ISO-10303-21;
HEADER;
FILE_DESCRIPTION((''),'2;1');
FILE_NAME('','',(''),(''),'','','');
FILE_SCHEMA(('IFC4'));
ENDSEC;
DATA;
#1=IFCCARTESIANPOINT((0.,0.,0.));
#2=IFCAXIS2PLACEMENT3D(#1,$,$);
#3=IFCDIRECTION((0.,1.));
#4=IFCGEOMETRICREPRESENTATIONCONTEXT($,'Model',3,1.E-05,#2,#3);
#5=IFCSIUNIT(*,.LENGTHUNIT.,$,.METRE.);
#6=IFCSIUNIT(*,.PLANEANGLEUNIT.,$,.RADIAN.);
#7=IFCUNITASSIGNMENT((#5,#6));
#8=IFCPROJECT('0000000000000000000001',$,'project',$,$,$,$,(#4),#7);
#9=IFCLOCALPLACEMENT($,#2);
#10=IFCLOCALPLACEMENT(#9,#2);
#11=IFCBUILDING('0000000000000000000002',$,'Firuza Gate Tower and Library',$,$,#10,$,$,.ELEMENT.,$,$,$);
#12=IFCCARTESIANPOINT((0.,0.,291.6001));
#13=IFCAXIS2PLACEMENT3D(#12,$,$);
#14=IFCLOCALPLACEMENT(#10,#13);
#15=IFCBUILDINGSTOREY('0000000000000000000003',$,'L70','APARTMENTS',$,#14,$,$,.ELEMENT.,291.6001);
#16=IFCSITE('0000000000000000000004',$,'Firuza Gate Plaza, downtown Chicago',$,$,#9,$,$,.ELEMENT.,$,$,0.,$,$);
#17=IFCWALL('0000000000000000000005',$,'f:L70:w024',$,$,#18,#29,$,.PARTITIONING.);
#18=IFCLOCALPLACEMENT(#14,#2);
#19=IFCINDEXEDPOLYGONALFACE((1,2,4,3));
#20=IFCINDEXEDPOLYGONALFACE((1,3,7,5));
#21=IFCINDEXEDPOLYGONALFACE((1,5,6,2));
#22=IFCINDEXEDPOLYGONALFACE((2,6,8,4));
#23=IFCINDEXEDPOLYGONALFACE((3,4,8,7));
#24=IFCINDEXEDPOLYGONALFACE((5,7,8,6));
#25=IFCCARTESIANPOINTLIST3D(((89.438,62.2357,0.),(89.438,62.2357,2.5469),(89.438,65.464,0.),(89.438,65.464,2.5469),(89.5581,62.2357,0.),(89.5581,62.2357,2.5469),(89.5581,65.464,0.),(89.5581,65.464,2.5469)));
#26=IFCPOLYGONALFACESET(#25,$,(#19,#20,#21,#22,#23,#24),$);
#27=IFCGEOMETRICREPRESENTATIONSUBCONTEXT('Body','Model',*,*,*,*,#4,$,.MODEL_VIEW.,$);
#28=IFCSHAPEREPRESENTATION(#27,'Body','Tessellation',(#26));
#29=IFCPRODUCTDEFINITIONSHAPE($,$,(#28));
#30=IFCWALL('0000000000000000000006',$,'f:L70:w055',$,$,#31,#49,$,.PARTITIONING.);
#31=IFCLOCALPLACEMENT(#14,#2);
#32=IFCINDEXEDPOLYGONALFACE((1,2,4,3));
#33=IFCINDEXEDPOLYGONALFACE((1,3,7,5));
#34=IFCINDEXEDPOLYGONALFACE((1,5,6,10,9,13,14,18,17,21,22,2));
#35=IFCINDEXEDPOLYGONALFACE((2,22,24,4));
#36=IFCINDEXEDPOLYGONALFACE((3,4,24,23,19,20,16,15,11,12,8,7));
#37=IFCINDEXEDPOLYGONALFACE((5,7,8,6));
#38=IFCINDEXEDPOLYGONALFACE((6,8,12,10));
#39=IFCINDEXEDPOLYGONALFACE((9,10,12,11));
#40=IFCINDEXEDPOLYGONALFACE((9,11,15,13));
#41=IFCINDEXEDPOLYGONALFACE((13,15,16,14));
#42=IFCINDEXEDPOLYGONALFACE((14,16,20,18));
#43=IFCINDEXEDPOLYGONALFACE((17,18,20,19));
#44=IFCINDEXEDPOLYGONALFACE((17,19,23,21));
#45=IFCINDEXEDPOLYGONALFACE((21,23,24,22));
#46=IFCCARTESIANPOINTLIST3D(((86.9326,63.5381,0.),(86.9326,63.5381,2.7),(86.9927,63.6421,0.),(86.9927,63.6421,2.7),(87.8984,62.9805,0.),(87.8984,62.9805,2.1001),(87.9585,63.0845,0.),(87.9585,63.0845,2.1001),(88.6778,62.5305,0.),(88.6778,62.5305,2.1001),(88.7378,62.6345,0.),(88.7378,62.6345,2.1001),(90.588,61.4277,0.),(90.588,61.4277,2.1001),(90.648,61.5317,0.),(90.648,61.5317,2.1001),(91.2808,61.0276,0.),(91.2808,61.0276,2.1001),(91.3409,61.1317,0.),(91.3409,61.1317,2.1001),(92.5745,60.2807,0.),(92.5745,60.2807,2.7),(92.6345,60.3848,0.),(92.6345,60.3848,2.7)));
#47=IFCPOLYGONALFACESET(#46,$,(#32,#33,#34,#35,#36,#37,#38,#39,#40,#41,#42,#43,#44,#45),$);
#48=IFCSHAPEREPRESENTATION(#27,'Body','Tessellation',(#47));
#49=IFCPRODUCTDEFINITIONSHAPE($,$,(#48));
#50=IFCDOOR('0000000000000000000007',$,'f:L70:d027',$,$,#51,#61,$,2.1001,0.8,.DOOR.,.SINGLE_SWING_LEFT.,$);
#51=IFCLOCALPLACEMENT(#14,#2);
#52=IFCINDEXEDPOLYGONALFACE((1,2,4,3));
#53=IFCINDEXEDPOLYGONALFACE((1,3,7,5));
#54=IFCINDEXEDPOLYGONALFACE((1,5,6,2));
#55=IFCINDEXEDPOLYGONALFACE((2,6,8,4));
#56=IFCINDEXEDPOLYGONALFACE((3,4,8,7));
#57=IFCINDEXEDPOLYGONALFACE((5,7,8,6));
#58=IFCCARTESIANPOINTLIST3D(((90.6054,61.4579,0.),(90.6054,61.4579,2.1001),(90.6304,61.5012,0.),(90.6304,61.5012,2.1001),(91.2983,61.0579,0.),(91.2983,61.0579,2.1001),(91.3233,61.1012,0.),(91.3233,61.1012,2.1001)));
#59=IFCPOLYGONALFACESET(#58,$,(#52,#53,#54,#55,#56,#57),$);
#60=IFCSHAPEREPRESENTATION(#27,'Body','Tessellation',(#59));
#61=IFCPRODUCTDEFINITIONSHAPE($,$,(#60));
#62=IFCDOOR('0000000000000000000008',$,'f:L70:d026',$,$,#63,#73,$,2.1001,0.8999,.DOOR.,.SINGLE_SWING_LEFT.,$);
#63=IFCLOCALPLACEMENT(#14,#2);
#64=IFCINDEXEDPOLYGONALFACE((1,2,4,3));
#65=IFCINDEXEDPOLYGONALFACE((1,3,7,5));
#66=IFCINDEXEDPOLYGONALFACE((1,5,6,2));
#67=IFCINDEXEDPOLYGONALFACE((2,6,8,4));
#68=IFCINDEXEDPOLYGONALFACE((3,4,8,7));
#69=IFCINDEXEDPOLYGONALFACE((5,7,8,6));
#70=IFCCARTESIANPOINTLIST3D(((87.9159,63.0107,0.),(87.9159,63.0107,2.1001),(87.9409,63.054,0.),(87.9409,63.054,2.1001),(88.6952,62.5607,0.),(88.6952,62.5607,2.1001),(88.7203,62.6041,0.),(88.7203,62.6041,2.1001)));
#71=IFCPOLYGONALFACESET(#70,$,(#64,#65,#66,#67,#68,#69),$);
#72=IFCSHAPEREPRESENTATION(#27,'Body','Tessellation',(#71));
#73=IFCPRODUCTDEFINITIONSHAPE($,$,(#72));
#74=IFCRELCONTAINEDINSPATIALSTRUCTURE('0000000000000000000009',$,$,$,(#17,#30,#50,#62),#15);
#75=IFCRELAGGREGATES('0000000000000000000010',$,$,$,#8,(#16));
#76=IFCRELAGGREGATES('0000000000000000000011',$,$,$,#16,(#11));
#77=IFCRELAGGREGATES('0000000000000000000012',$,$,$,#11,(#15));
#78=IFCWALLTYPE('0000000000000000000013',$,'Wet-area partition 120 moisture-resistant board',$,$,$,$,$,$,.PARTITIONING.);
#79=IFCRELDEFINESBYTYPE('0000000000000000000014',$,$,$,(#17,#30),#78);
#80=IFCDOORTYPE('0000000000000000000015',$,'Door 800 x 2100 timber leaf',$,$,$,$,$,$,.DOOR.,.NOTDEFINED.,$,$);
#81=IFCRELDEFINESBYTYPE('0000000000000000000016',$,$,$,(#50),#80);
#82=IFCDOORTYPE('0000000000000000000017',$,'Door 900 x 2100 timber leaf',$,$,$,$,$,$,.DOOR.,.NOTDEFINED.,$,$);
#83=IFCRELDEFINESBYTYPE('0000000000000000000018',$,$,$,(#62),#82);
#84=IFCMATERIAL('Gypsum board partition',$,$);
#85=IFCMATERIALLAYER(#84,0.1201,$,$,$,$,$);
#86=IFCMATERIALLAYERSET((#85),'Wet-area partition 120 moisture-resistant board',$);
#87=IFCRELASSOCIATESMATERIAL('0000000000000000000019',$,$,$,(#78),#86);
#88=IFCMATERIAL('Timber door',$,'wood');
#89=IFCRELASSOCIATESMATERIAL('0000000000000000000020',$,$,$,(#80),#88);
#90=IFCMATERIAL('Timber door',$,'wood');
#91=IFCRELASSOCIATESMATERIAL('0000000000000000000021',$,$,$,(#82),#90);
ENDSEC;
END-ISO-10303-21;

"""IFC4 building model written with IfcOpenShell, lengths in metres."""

from ifc_helpers import new_model, si_unit, direction, frame, frame_2d, origin, place, context, subcontext, project, spatial, rectangle, extrude, material, layer, layer_set, type_object, element, fill, save


model = new_model("IFC4")

# Units and contexts
model_context = context("Model", 3, precision=1e-05, world=origin(), true_north=direction((0.0, 1.0)))
body_context = subcontext(model_context, "Body", "Model", "MODEL_VIEW")
ifc_project = project(units=[si_unit("LENGTHUNIT", "METRE"), si_unit("PLANEANGLEUNIT", "RADIAN")], contexts=[model_context])

# Site, building, storey
site_placement = place(None, origin())
site = spatial("IfcSite", under=ifc_project, at=site_placement, Name="Firuza Gate Plaza, downtown Chicago", CompositionType="ELEMENT", RefElevation=0.0)
building_placement = place(site_placement, origin())
building = spatial("IfcBuilding", under=site, at=building_placement, Name="Firuza Gate Tower and Library", CompositionType="ELEMENT")
storey_placement = place(building_placement, frame((0.0, 0.0, 291.6001)))
storey = spatial("IfcBuildingStorey", under=building, at=storey_placement, Name="L70", Description="APARTMENTS", CompositionType="ELEMENT", Elevation=291.6001)

# Wall
ifc_material_1 = material(Name="Gypsum board partition")
ifc_layer_1 = layer(ifc_material_1, 0.1201)
ifc_layer_set_1 = layer_set([ifc_layer_1], Name="Wet-area partition 120 moisture-resistant board")
wall_type_1 = type_object("IfcWallType", Name="Wet-area partition 120 moisture-resistant board", PredefinedType="PARTITIONING", material=ifc_layer_set_1)
wall_1_placement = place(storey_placement, frame((89.498, 62.2356, 0.0), z_axis=(0.0, 0.0, 1.0), x_axis=(0.0, 1.0, 0.0)))
element("IfcWall", 1, at=wall_1_placement, inside=storey, type_object=wall_type_1, Name="f:L70:w024", PredefinedType="PARTITIONING", context=body_context, shape_type="SweptSolid", body=[
    extrude(rectangle(XDim=3.2283, YDim=0.1201, at=frame_2d((1.6143, 0.0))), origin(), (0.0, 0.0, 1.0), 2.5469),
])

# Wall, openings, doors
wall_2_placement = place(storey_placement, frame((86.9626, 63.5901, 0.0), z_axis=(0.0, 0.0, 1.0), x_axis=(0.866025, -0.5, 0.0)))
wall_2 = element("IfcWall", 2, at=wall_2_placement, inside=storey, type_object=wall_type_1, Name="f:L70:w055", PredefinedType="PARTITIONING", context=body_context, shape_type="SweptSolid", body=[
    extrude(rectangle(XDim=6.5146, YDim=0.1201, at=frame_2d((3.2573, 0.0))), origin(), (0.0, 0.0, 1.0), 2.7),
])
opening_1_placement = place(wall_2_placement, frame((1.1152, 0.0, 0.0)))
opening_1 = element("IfcOpeningElement", 3, at=opening_1_placement, cuts=wall_2, PredefinedType="OPENING", context=body_context, shape_type="SweptSolid", body=[
    extrude(rectangle(XDim=0.8999, YDim=2.1001, at=frame_2d((0.45, 1.05))), frame((0.0, 0.0701, 0.0), z_axis=(0.0, -1.0, 0.0), x_axis=(1.0, 0.0, 0.0)), (0.0, 0.0, 1.0), 0.1401),
])
opening_2_placement = place(wall_2_placement, frame((4.2209, 0.0, 0.0)))
opening_2 = element("IfcOpeningElement", 4, at=opening_2_placement, cuts=wall_2, PredefinedType="OPENING", context=body_context, shape_type="SweptSolid", body=[
    extrude(rectangle(XDim=0.8, YDim=2.1001, at=frame_2d((0.3999, 1.05))), frame((0.0, 0.0701, 0.0), z_axis=(0.0, -1.0, 0.0), x_axis=(1.0, 0.0, 0.0)), (0.0, 0.0, 1.0), 0.1401),
])
ifc_material_2 = material(Name="Timber door", Category="wood")
door_type_1 = type_object("IfcDoorType", Name="Door 800 x 2100 timber leaf", OperationType="NOTDEFINED", PredefinedType="DOOR", material=ifc_material_2)
door_1_placement = place(opening_2_placement, origin())
door_1 = element("IfcDoor", 5, at=door_1_placement, inside=storey, type_object=door_type_1, Name="f:L70:d027", OperationType="SINGLE_SWING_LEFT", OverallHeight=2.1001, OverallWidth=0.8, PredefinedType="DOOR", context=body_context, shape_type="SweptSolid", body=[
    extrude(rectangle(XDim=0.8, YDim=2.1001, at=frame_2d((0.3999, 1.05))), frame((0.0, 0.0249, 0.0), z_axis=(0.0, -1.0, 0.0), x_axis=(1.0, 0.0, 0.0)), (0.0, 0.0, 1.0), 0.05),
])
fill(opening_2, door_1)
ifc_material_3 = material(Name="Timber door", Category="wood")
door_type_2 = type_object("IfcDoorType", Name="Door 900 x 2100 timber leaf", OperationType="NOTDEFINED", PredefinedType="DOOR", material=ifc_material_3)
door_2_placement = place(opening_1_placement, origin())
door_2 = element("IfcDoor", 6, at=door_2_placement, inside=storey, type_object=door_type_2, Name="f:L70:d026", OperationType="SINGLE_SWING_LEFT", OverallHeight=2.1001, OverallWidth=0.8999, PredefinedType="DOOR", context=body_context, shape_type="SweptSolid", body=[
    extrude(rectangle(XDim=0.8999, YDim=2.1001, at=frame_2d((0.45, 1.05))), frame((0.0, 0.0249, 0.0), z_axis=(0.0, -1.0, 0.0), x_axis=(1.0, 0.0, 0.0)), (0.0, 0.0, 1.0), 0.05),
])
fill(opening_1, door_2)

save(model, "model.ifc")
